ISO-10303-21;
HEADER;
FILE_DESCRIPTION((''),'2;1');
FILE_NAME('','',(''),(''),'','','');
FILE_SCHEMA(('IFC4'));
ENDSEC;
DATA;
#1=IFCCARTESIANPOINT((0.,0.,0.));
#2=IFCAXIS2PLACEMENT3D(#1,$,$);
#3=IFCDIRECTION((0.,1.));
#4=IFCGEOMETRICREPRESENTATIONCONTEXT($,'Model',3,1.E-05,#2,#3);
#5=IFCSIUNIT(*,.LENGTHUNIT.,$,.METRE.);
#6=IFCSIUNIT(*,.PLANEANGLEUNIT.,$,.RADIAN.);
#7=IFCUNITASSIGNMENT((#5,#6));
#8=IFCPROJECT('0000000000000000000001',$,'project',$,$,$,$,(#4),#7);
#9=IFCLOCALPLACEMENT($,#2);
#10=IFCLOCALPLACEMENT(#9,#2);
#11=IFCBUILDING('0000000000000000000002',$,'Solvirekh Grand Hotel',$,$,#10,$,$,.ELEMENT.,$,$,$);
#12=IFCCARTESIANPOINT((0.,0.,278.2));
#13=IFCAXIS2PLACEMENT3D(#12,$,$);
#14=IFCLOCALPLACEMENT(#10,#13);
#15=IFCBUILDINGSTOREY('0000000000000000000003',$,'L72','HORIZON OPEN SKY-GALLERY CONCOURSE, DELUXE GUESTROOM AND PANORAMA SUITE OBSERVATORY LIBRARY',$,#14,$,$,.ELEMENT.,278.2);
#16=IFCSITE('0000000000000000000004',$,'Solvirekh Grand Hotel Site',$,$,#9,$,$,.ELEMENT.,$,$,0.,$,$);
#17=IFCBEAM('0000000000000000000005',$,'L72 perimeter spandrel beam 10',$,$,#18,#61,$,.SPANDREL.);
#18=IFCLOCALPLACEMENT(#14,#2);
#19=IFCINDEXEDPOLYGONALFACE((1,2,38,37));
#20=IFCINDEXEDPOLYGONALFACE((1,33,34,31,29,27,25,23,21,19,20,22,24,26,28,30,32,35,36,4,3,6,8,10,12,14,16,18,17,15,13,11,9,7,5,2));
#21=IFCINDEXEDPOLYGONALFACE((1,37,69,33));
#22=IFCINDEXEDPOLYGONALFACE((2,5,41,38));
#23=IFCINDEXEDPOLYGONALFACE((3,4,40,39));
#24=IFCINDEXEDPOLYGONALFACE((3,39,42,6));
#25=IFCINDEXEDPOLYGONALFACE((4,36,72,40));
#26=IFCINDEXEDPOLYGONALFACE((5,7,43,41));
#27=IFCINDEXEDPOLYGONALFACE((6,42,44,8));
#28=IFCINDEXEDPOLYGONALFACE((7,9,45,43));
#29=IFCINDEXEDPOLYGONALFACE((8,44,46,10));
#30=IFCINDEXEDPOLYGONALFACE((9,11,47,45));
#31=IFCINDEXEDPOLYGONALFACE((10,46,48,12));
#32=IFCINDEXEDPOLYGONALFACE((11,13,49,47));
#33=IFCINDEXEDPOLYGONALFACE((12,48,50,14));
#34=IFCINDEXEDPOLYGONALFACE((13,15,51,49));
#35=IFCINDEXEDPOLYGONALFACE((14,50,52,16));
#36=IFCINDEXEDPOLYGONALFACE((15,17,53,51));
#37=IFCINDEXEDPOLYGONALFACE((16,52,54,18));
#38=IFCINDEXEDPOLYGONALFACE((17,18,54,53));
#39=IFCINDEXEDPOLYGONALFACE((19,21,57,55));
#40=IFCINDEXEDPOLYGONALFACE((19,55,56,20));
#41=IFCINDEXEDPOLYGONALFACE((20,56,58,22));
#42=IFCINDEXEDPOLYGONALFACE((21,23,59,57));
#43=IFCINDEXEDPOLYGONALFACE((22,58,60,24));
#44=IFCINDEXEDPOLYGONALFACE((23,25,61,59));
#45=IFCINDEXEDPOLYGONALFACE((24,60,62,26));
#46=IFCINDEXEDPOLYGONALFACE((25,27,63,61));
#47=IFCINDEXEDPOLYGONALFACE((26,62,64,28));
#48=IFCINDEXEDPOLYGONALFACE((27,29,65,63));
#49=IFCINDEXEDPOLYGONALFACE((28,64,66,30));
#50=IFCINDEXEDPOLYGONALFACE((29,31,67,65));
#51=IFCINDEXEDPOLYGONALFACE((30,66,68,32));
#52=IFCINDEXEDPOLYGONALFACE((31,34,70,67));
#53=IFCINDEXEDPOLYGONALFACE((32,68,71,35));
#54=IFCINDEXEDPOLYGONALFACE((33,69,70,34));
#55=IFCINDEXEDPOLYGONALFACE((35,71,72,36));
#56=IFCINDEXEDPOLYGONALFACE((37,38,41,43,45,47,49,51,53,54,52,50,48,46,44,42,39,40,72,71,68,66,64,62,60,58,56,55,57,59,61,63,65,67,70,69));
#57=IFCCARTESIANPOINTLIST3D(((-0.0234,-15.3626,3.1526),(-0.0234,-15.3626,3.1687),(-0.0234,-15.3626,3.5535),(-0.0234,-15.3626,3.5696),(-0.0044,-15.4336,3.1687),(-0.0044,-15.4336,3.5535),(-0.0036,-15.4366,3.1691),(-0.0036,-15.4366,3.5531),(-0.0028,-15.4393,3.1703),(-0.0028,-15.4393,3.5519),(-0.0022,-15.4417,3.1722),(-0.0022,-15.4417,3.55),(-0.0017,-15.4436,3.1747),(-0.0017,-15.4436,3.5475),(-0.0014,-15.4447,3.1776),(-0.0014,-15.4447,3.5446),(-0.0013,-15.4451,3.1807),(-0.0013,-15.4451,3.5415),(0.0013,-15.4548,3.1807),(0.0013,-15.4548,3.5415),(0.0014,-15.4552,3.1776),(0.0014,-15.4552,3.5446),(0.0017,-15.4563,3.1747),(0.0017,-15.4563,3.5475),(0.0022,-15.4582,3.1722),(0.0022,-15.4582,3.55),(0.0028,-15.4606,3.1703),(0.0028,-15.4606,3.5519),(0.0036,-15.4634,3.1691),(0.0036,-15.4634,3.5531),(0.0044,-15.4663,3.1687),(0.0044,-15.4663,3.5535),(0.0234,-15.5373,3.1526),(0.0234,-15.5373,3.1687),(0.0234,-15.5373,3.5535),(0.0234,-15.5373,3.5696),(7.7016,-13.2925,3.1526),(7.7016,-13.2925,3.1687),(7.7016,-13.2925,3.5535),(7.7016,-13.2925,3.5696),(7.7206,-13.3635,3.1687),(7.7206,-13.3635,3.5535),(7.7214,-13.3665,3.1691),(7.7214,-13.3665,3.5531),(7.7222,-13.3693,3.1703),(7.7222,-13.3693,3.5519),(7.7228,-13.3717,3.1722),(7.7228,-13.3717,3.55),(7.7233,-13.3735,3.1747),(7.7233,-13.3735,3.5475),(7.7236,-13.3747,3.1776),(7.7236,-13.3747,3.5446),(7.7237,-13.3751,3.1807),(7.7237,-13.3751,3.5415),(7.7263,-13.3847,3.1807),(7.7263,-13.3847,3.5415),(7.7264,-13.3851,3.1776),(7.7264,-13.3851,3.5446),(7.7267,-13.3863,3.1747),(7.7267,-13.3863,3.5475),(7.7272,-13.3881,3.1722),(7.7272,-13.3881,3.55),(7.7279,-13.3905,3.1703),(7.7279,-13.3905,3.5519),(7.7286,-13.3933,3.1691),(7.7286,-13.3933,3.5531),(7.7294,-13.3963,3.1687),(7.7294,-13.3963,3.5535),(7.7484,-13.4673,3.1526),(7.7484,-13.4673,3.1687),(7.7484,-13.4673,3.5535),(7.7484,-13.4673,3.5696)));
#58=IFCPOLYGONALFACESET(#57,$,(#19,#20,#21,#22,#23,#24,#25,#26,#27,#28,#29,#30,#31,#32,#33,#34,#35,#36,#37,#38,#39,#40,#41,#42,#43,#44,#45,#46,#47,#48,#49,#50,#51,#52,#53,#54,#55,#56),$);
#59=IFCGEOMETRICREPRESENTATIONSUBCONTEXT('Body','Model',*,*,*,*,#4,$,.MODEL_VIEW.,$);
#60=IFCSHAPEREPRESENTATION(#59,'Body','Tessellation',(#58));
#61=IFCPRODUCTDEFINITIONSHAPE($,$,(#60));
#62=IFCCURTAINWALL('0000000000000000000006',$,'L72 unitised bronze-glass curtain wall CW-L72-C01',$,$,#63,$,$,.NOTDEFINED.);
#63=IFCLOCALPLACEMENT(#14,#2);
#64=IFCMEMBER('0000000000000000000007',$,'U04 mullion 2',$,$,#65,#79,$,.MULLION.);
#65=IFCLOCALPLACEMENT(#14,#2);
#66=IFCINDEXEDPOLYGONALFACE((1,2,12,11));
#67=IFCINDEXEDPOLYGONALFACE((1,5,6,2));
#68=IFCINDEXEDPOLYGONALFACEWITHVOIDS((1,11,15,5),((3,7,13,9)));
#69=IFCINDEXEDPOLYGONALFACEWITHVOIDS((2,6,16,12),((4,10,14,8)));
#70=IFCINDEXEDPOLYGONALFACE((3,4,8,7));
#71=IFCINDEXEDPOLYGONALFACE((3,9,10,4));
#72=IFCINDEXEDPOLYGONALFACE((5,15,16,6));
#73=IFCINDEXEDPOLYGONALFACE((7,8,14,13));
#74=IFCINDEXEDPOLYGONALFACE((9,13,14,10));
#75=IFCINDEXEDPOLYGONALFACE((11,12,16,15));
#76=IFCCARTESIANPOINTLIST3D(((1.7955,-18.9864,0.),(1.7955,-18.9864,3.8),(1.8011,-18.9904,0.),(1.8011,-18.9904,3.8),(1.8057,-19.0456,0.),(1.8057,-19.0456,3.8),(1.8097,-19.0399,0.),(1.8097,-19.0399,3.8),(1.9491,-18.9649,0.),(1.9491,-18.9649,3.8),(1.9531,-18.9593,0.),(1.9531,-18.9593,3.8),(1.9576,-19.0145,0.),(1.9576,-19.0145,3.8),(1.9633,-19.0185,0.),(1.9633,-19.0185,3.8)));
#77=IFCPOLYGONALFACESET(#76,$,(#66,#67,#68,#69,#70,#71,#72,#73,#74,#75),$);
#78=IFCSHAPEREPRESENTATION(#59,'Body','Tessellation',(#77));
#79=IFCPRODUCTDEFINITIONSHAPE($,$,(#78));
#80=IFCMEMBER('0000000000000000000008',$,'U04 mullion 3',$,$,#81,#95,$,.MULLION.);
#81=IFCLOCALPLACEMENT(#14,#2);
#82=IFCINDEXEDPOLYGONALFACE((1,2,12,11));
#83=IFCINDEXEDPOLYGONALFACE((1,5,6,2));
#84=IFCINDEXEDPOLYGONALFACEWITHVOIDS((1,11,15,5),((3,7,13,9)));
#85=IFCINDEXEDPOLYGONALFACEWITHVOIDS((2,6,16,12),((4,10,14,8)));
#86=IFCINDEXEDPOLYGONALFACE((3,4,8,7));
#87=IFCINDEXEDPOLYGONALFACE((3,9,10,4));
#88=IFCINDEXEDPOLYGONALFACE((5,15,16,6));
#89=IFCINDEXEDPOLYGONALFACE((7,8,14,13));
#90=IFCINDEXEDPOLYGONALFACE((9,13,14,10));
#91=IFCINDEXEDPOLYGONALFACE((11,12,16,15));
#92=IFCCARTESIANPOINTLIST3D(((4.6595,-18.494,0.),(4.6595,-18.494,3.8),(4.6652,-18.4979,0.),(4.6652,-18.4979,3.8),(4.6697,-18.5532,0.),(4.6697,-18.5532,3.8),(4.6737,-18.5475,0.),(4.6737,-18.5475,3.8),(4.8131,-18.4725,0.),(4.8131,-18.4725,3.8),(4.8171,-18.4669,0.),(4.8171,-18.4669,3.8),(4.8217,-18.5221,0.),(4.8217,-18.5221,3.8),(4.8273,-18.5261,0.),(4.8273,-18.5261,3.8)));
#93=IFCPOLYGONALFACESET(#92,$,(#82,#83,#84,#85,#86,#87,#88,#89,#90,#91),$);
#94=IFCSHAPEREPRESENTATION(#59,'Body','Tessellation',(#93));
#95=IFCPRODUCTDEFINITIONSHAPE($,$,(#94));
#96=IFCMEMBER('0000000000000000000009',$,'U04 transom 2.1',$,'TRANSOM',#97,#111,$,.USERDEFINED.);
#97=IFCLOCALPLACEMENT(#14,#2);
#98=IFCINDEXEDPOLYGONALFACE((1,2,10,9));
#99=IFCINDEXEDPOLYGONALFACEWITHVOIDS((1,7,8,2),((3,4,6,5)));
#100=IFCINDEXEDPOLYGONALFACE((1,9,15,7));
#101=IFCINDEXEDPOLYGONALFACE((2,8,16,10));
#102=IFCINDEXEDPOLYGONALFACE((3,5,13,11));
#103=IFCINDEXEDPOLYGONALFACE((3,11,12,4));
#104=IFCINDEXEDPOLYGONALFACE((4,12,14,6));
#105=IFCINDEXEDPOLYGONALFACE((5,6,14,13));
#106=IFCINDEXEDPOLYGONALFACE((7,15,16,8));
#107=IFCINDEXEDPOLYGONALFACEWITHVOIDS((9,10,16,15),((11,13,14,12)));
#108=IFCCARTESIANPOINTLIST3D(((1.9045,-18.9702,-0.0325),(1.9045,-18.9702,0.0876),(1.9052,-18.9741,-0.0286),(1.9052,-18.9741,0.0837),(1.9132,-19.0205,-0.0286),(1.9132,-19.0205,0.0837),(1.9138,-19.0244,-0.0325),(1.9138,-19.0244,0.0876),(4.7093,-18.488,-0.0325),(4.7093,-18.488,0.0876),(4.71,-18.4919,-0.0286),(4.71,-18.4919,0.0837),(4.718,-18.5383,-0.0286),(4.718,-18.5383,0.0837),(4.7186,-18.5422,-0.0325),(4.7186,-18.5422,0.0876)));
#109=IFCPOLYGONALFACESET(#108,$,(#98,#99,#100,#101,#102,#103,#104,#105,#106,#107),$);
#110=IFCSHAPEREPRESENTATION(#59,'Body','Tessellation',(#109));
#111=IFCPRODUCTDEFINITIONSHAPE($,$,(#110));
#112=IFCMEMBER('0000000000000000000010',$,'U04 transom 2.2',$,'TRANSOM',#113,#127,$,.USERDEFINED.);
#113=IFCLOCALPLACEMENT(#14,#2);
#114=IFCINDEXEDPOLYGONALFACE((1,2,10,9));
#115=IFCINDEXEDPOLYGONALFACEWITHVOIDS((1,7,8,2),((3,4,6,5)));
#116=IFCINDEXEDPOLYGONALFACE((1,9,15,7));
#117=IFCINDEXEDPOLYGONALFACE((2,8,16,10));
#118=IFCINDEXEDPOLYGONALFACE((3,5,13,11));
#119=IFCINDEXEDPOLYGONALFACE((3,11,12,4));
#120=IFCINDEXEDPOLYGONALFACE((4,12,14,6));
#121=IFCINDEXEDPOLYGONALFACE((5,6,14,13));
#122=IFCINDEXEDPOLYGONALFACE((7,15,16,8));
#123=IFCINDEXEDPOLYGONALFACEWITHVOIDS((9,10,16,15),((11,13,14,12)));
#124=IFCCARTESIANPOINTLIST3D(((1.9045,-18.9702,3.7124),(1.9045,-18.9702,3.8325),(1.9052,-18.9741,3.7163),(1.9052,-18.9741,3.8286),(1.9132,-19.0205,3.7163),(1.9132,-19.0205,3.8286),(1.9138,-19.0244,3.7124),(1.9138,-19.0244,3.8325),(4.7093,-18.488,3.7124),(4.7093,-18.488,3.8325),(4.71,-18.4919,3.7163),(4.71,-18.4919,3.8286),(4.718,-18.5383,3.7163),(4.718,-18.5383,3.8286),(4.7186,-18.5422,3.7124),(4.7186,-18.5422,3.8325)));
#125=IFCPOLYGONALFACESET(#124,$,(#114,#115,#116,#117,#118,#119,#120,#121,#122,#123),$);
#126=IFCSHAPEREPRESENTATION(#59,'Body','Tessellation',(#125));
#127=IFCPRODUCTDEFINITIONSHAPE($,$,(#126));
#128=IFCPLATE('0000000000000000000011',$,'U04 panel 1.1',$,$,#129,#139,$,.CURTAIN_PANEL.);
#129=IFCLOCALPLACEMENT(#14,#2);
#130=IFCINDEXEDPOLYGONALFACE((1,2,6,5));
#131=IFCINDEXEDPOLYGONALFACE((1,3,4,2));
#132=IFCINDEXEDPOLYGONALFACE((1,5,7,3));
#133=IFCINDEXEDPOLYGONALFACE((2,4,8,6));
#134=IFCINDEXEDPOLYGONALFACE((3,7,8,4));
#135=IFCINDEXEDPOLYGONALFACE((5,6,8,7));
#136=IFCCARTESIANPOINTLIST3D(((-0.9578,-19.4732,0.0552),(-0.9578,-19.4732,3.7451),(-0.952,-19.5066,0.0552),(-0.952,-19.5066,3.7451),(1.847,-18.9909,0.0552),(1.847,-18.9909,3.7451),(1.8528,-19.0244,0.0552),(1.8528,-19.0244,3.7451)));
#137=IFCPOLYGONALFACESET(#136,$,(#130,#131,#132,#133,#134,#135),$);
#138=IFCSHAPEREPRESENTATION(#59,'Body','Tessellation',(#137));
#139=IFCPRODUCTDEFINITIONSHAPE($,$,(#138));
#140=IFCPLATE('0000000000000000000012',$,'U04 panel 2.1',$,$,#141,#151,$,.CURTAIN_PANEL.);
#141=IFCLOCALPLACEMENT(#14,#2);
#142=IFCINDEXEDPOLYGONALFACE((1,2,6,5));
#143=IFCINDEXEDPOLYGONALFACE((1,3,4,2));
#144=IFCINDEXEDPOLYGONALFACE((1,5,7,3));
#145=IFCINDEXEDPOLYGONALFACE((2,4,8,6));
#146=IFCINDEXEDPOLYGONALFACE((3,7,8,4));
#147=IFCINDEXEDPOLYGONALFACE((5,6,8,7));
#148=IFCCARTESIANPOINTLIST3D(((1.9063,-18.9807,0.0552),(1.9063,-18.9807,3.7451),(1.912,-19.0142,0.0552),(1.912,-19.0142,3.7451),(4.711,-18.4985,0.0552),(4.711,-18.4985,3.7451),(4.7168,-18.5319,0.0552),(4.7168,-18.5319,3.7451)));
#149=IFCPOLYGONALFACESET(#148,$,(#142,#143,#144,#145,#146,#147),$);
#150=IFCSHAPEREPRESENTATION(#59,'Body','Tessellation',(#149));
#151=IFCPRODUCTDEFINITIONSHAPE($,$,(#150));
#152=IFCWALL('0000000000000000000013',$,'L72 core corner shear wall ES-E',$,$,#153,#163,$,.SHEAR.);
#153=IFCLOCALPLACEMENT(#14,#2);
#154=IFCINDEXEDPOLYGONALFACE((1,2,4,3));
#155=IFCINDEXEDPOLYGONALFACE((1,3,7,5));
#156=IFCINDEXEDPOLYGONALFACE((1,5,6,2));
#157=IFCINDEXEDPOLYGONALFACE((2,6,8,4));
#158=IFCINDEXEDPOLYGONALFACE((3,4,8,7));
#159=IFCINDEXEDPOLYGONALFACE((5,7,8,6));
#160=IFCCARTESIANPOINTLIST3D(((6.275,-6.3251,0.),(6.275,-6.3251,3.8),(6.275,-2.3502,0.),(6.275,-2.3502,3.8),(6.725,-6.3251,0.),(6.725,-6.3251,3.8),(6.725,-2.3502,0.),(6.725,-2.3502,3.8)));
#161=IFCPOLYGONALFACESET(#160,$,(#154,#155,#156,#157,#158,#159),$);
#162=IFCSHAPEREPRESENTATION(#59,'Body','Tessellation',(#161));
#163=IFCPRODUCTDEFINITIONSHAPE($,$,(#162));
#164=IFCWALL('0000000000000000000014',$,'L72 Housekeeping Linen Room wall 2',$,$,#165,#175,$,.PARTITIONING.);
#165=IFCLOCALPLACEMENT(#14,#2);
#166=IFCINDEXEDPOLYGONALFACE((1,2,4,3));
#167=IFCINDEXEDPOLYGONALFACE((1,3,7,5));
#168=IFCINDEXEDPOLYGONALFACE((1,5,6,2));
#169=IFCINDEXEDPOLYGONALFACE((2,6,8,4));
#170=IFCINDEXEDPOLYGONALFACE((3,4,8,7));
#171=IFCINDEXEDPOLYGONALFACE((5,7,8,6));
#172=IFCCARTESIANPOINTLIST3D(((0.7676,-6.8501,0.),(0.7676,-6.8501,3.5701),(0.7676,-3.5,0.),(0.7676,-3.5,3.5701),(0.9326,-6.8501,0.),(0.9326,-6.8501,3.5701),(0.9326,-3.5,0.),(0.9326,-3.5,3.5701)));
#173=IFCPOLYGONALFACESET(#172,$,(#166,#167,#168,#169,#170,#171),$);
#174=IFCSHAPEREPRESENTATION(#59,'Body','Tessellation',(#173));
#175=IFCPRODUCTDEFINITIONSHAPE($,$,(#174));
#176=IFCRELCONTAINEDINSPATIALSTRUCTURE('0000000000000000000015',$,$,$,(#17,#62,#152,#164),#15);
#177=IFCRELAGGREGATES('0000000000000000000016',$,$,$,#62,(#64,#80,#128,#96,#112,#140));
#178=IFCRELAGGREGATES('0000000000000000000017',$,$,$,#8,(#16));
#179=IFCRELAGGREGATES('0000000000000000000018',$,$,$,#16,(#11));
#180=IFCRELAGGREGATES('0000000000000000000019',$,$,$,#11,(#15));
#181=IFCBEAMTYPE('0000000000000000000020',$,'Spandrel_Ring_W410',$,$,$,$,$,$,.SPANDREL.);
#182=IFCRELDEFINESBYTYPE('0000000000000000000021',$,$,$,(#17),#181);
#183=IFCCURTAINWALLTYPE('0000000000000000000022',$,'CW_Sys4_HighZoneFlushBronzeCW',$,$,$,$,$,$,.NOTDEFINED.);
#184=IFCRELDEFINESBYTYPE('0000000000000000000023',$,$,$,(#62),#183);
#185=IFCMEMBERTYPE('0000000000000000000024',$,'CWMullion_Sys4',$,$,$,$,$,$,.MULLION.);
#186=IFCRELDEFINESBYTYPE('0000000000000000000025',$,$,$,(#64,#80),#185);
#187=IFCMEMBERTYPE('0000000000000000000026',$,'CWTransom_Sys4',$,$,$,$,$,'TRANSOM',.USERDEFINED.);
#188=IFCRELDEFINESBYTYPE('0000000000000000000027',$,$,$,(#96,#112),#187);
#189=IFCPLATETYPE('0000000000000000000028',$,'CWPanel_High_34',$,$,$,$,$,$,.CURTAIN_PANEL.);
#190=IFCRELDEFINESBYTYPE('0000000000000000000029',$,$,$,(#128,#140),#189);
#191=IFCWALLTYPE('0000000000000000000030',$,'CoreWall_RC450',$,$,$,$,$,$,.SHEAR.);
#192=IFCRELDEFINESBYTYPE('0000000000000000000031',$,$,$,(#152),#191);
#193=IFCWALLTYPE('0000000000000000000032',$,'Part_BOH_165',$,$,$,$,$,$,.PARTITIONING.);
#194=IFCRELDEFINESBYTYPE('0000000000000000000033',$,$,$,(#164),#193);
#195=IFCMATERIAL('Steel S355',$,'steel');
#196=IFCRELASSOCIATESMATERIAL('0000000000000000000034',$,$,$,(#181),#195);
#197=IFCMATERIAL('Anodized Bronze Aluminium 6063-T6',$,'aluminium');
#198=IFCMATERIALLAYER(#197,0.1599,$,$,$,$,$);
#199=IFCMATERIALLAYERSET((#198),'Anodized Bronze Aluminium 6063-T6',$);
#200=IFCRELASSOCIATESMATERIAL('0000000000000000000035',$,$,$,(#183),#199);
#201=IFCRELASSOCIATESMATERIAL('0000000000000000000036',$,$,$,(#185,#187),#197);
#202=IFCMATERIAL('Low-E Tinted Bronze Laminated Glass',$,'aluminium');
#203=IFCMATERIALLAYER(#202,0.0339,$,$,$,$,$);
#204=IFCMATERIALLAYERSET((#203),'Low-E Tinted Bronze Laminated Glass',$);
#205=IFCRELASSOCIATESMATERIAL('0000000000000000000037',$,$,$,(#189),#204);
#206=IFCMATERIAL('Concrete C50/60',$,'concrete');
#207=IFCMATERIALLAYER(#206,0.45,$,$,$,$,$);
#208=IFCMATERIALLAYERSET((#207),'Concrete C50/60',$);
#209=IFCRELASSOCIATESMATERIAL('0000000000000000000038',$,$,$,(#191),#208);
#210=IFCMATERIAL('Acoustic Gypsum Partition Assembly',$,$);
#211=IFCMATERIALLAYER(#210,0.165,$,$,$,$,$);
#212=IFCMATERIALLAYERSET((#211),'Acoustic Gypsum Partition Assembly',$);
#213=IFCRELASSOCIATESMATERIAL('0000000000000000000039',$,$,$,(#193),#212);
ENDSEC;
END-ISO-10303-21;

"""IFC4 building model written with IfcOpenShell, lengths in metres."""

from ifc_helpers import new_model, si_unit, direction, frame, frame_2d, origin, origin_2d, place, context, subcontext, project, spatial, rectangle, hollow_rectangle, i_section, extrude, source, transform, mapped, material, layer, layer_set, material_profile, profile_set, type_object, element, aggregate, save


model = new_model("IFC4")

# Units and contexts
model_context = context("Model", 3, precision=1e-05, world=origin(), true_north=direction((0.0, 1.0)))
body_context = subcontext(model_context, "Body", "Model", "MODEL_VIEW")
ifc_project = project(units=[si_unit("LENGTHUNIT", "METRE"), si_unit("PLANEANGLEUNIT", "RADIAN")], contexts=[model_context])

# Site, building, storey
site_placement = place(None, origin())
site = spatial("IfcSite", under=ifc_project, at=site_placement, Name="Solvirekh Grand Hotel Site", CompositionType="ELEMENT", RefElevation=0.0)
building_placement = place(site_placement, origin())
building = spatial("IfcBuilding", under=site, at=building_placement, Name="Solvirekh Grand Hotel", CompositionType="ELEMENT")
storey_placement = place(building_placement, frame((0.0, 0.0, 278.2)))
storey = spatial("IfcBuildingStorey", under=building, at=storey_placement, Name="L72", Description="HORIZON OPEN SKY-GALLERY CONCOURSE, DELUXE GUESTROOM AND PANORAMA SUITE OBSERVATORY LIBRARY", CompositionType="ELEMENT", Elevation=278.2)

# Beam
ifc_material_1 = material(Name="Steel S355", Category="steel")
ifc_material_profile_1 = material_profile(ifc_material_1, i_section(OverallWidth=0.1809, OverallDepth=0.417, WebThickness=0.01, FlangeThickness=0.0161, FilletRadius=0.012, at=origin_2d()), Name="W410X85")
ifc_profile_set_1 = profile_set([ifc_material_profile_1], Name="Steel S355")
beam_type = type_object("IfcBeamType", Name="Spandrel_Ring_W410", PredefinedType="SPANDREL", material=ifc_profile_set_1)
beam_placement = place(storey_placement, frame((0.0, -15.45, 3.3611), z_axis=(0.965922, 0.258835, 0.0), x_axis=(-0.258835, 0.965922, 0.0)))
element("IfcBeam", 1, at=beam_placement, inside=storey, type_object=beam_type, Name="L72 perimeter spandrel beam 10", PredefinedType="SPANDREL", context=body_context, shape_type="SweptSolid", body=[
    extrude(i_section(OverallWidth=0.1809, OverallDepth=0.417, WebThickness=0.01, FlangeThickness=0.0161, FilletRadius=0.012, at=origin_2d()), origin(), (0.0, 0.0, 1.0), 7.9976),
])

# Curtain wall, members, plates
ifc_material_2 = material(Name="Anodized Bronze Aluminium 6063-T6", Category="aluminium")
ifc_layer_1 = layer(ifc_material_2, 0.1599)
ifc_layer_set_1 = layer_set([ifc_layer_1], Name="Anodized Bronze Aluminium 6063-T6")
curtain_wall_type = type_object("IfcCurtainWallType", Name="CW_Sys4_HighZoneFlushBronzeCW", PredefinedType="NOTDEFINED", material=ifc_layer_set_1)
curtain_wall_placement = place(storey_placement, origin())
curtain_wall = element("IfcCurtainWall", 2, at=curtain_wall_placement, inside=storey, type_object=curtain_wall_type, Name="L72 unitised bronze-glass curtain wall CW-L72-C01", PredefinedType="NOTDEFINED")
ifc_material_profile_2 = material_profile(ifc_material_2, hollow_rectangle(XDim=0.0601, YDim=0.1599, WallThickness=0.0049, at=origin_2d()), Name="ALU RHS 160X60X5")
ifc_profile_set_2 = profile_set([ifc_material_profile_2], Name="Anodized Bronze Aluminium 6063-T6")
member_type_1 = type_object("IfcMemberType", Name="CWMullion_Sys4", PredefinedType="MULLION", material=ifc_profile_set_2)
shared_shape_1 = source(origin(), body_context, "Body", "SweptSolid", [
    extrude(hollow_rectangle(XDim=0.0601, YDim=0.1599, WallThickness=0.0049, at=origin_2d()), origin(), (0.0, 0.0, 1.0), 3.8),
])
member_1_placement = place(storey_placement, frame((1.8794, -19.0024, 0.0), z_axis=(0.0, 0.0, 1.0), x_axis=(-0.169451, 0.985539, 0.0)))
member_1 = element("IfcMember", 3, at=member_1_placement, type_object=member_type_1, Name="U04 mullion 2", PredefinedType="MULLION", context=body_context, shape_type="MappedRepresentation", body=[
    mapped(shared_shape_1, transform((0.0, 0.0, 0.0), x_axis=(1.0, 0.0, 0.0), y_axis=(0.0, 1.0, 0.0), z_axis=(0.0, 0.0, 1.0), scale=1.0)),
])
member_2_placement = place(storey_placement, frame((4.7434, -18.51, 0.0), z_axis=(0.0, 0.0, 1.0), x_axis=(-0.169451, 0.985539, 0.0)))
member_2 = element("IfcMember", 4, at=member_2_placement, type_object=member_type_1, Name="U04 mullion 3", PredefinedType="MULLION", context=body_context, shape_type="MappedRepresentation", body=[
    mapped(shared_shape_1, transform((0.0, 0.0, 0.0), x_axis=(1.0, 0.0, 0.0), y_axis=(0.0, 1.0, 0.0), z_axis=(0.0, 0.0, 1.0), scale=1.0)),
])
ifc_material_profile_3 = material_profile(ifc_material_2, hollow_rectangle(XDim=0.0549, YDim=0.1201, WallThickness=0.0039, at=origin_2d()), Name="ALU RHS 120X55X4")
ifc_profile_set_3 = profile_set([ifc_material_profile_3], Name="Anodized Bronze Aluminium 6063-T6")
member_type_2 = type_object("IfcMemberType", Name="CWTransom_Sys4", ElementType="TRANSOM", PredefinedType="USERDEFINED", material=ifc_profile_set_3)
shared_shape_2 = source(origin(), body_context, "Body", "SweptSolid", [
    extrude(hollow_rectangle(XDim=0.0549, YDim=0.1201, WallThickness=0.0039, at=origin_2d()), origin(), (0.0, 0.0, 1.0), 2.8459),
])
member_3_placement = place(storey_placement, frame((1.9092, -18.9973, 0.0276), z_axis=(0.985542, 0.169433, 0.0), x_axis=(-0.169433, 0.985542, 0.0)))
member_3 = element("IfcMember", 5, at=member_3_placement, type_object=member_type_2, Name="U04 transom 2.1", ObjectType="TRANSOM", PredefinedType="USERDEFINED", context=body_context, shape_type="MappedRepresentation", body=[
    mapped(shared_shape_2, transform((0.0, 0.0, 0.0), x_axis=(1.0, 0.0, 0.0), y_axis=(0.0, 1.0, 0.0), z_axis=(0.0, 0.0, 1.0), scale=1.0)),
])
member_4_placement = place(storey_placement, frame((1.9092, -18.9973, 3.7725), z_axis=(0.985542, 0.169433, 0.0), x_axis=(-0.169433, 0.985542, 0.0)))
member_4 = element("IfcMember", 6, at=member_4_placement, type_object=member_type_2, Name="U04 transom 2.2", ObjectType="TRANSOM", PredefinedType="USERDEFINED", context=body_context, shape_type="MappedRepresentation", body=[
    mapped(shared_shape_2, transform((0.0, 0.0, 0.0), x_axis=(1.0, 0.0, 0.0), y_axis=(0.0, 1.0, 0.0), z_axis=(0.0, 0.0, 1.0), scale=1.0)),
])
ifc_material_3 = material(Name="Low-E Tinted Bronze Laminated Glass", Category="aluminium")
ifc_layer_2 = layer(ifc_material_3, 0.0339)
ifc_layer_set_2 = layer_set([ifc_layer_2], Name="Low-E Tinted Bronze Laminated Glass")
plate_type = type_object("IfcPlateType", Name="CWPanel_High_34", PredefinedType="CURTAIN_PANEL", material=ifc_layer_set_2)
shared_shape_3 = source(origin(), body_context, "Body", "SweptSolid", [
    extrude(rectangle(XDim=2.8459, YDim=0.0339, at=origin_2d()), origin(), (0.0, 0.0, 1.0), 3.6899),
])
plate_1_placement = place(storey_placement, frame((0.4475, -19.2488, 0.0552), z_axis=(0.0, 0.0, 1.0), x_axis=(0.985539, 0.169451, 0.0)))
plate_1 = element("IfcPlate", 7, at=plate_1_placement, type_object=plate_type, Name="U04 panel 1.1", PredefinedType="CURTAIN_PANEL", context=body_context, shape_type="MappedRepresentation", body=[
    mapped(shared_shape_3, transform((0.0, 0.0, 0.0), x_axis=(1.0, 0.0, 0.0), y_axis=(0.0, 1.0, 0.0), z_axis=(0.0, 0.0, 1.0), scale=1.0)),
])
plate_2_placement = place(storey_placement, frame((3.3115, -18.7563, 0.0552), z_axis=(0.0, 0.0, 1.0), x_axis=(0.985539, 0.169451, 0.0)))
plate_2 = element("IfcPlate", 8, at=plate_2_placement, type_object=plate_type, Name="U04 panel 2.1", PredefinedType="CURTAIN_PANEL", context=body_context, shape_type="MappedRepresentation", body=[
    mapped(shared_shape_3, transform((0.0, 0.0, 0.0), x_axis=(1.0, 0.0, 0.0), y_axis=(0.0, 1.0, 0.0), z_axis=(0.0, 0.0, 1.0), scale=1.0)),
])
aggregate(curtain_wall, [member_1, member_2, plate_1, member_3, member_4, plate_2])

# Walls
ifc_material_4 = material(Name="Concrete C50/60", Category="concrete")
ifc_layer_3 = layer(ifc_material_4, 0.45)
ifc_layer_set_3 = layer_set([ifc_layer_3], Name="Concrete C50/60")
wall_type_1 = type_object("IfcWallType", Name="CoreWall_RC450", PredefinedType="SHEAR", material=ifc_layer_set_3)
wall_1_placement = place(storey_placement, frame((6.5, -6.325, 0.0), z_axis=(0.0, 0.0, 1.0), x_axis=(0.0, 1.0, 0.0)))
element("IfcWall", 9, at=wall_1_placement, inside=storey, type_object=wall_type_1, Name="L72 core corner shear wall ES-E", PredefinedType="SHEAR", context=body_context, shape_type="SweptSolid", body=[
    extrude(rectangle(XDim=3.9749, YDim=0.45, at=frame_2d((1.9873, 0.0))), origin(), (0.0, 0.0, 1.0), 3.8),
])
ifc_material_5 = material(Name="Acoustic Gypsum Partition Assembly")
ifc_layer_4 = layer(ifc_material_5, 0.165)
ifc_layer_set_4 = layer_set([ifc_layer_4], Name="Acoustic Gypsum Partition Assembly")
wall_type_2 = type_object("IfcWallType", Name="Part_BOH_165", PredefinedType="PARTITIONING", material=ifc_layer_set_4)
wall_2_placement = place(storey_placement, frame((0.8501, -6.8501, 0.0), z_axis=(0.0, 0.0, 1.0), x_axis=(0.0, 1.0, 0.0)))
element("IfcWall", 10, at=wall_2_placement, inside=storey, type_object=wall_type_2, Name="L72 Housekeeping Linen Room wall 2", PredefinedType="PARTITIONING", context=body_context, shape_type="SweptSolid", body=[
    extrude(rectangle(XDim=3.3501, YDim=0.165, at=frame_2d((1.675, 0.0))), origin(), (0.0, 0.0, 1.0), 3.5701),
])

save(model, "model.ifc")
